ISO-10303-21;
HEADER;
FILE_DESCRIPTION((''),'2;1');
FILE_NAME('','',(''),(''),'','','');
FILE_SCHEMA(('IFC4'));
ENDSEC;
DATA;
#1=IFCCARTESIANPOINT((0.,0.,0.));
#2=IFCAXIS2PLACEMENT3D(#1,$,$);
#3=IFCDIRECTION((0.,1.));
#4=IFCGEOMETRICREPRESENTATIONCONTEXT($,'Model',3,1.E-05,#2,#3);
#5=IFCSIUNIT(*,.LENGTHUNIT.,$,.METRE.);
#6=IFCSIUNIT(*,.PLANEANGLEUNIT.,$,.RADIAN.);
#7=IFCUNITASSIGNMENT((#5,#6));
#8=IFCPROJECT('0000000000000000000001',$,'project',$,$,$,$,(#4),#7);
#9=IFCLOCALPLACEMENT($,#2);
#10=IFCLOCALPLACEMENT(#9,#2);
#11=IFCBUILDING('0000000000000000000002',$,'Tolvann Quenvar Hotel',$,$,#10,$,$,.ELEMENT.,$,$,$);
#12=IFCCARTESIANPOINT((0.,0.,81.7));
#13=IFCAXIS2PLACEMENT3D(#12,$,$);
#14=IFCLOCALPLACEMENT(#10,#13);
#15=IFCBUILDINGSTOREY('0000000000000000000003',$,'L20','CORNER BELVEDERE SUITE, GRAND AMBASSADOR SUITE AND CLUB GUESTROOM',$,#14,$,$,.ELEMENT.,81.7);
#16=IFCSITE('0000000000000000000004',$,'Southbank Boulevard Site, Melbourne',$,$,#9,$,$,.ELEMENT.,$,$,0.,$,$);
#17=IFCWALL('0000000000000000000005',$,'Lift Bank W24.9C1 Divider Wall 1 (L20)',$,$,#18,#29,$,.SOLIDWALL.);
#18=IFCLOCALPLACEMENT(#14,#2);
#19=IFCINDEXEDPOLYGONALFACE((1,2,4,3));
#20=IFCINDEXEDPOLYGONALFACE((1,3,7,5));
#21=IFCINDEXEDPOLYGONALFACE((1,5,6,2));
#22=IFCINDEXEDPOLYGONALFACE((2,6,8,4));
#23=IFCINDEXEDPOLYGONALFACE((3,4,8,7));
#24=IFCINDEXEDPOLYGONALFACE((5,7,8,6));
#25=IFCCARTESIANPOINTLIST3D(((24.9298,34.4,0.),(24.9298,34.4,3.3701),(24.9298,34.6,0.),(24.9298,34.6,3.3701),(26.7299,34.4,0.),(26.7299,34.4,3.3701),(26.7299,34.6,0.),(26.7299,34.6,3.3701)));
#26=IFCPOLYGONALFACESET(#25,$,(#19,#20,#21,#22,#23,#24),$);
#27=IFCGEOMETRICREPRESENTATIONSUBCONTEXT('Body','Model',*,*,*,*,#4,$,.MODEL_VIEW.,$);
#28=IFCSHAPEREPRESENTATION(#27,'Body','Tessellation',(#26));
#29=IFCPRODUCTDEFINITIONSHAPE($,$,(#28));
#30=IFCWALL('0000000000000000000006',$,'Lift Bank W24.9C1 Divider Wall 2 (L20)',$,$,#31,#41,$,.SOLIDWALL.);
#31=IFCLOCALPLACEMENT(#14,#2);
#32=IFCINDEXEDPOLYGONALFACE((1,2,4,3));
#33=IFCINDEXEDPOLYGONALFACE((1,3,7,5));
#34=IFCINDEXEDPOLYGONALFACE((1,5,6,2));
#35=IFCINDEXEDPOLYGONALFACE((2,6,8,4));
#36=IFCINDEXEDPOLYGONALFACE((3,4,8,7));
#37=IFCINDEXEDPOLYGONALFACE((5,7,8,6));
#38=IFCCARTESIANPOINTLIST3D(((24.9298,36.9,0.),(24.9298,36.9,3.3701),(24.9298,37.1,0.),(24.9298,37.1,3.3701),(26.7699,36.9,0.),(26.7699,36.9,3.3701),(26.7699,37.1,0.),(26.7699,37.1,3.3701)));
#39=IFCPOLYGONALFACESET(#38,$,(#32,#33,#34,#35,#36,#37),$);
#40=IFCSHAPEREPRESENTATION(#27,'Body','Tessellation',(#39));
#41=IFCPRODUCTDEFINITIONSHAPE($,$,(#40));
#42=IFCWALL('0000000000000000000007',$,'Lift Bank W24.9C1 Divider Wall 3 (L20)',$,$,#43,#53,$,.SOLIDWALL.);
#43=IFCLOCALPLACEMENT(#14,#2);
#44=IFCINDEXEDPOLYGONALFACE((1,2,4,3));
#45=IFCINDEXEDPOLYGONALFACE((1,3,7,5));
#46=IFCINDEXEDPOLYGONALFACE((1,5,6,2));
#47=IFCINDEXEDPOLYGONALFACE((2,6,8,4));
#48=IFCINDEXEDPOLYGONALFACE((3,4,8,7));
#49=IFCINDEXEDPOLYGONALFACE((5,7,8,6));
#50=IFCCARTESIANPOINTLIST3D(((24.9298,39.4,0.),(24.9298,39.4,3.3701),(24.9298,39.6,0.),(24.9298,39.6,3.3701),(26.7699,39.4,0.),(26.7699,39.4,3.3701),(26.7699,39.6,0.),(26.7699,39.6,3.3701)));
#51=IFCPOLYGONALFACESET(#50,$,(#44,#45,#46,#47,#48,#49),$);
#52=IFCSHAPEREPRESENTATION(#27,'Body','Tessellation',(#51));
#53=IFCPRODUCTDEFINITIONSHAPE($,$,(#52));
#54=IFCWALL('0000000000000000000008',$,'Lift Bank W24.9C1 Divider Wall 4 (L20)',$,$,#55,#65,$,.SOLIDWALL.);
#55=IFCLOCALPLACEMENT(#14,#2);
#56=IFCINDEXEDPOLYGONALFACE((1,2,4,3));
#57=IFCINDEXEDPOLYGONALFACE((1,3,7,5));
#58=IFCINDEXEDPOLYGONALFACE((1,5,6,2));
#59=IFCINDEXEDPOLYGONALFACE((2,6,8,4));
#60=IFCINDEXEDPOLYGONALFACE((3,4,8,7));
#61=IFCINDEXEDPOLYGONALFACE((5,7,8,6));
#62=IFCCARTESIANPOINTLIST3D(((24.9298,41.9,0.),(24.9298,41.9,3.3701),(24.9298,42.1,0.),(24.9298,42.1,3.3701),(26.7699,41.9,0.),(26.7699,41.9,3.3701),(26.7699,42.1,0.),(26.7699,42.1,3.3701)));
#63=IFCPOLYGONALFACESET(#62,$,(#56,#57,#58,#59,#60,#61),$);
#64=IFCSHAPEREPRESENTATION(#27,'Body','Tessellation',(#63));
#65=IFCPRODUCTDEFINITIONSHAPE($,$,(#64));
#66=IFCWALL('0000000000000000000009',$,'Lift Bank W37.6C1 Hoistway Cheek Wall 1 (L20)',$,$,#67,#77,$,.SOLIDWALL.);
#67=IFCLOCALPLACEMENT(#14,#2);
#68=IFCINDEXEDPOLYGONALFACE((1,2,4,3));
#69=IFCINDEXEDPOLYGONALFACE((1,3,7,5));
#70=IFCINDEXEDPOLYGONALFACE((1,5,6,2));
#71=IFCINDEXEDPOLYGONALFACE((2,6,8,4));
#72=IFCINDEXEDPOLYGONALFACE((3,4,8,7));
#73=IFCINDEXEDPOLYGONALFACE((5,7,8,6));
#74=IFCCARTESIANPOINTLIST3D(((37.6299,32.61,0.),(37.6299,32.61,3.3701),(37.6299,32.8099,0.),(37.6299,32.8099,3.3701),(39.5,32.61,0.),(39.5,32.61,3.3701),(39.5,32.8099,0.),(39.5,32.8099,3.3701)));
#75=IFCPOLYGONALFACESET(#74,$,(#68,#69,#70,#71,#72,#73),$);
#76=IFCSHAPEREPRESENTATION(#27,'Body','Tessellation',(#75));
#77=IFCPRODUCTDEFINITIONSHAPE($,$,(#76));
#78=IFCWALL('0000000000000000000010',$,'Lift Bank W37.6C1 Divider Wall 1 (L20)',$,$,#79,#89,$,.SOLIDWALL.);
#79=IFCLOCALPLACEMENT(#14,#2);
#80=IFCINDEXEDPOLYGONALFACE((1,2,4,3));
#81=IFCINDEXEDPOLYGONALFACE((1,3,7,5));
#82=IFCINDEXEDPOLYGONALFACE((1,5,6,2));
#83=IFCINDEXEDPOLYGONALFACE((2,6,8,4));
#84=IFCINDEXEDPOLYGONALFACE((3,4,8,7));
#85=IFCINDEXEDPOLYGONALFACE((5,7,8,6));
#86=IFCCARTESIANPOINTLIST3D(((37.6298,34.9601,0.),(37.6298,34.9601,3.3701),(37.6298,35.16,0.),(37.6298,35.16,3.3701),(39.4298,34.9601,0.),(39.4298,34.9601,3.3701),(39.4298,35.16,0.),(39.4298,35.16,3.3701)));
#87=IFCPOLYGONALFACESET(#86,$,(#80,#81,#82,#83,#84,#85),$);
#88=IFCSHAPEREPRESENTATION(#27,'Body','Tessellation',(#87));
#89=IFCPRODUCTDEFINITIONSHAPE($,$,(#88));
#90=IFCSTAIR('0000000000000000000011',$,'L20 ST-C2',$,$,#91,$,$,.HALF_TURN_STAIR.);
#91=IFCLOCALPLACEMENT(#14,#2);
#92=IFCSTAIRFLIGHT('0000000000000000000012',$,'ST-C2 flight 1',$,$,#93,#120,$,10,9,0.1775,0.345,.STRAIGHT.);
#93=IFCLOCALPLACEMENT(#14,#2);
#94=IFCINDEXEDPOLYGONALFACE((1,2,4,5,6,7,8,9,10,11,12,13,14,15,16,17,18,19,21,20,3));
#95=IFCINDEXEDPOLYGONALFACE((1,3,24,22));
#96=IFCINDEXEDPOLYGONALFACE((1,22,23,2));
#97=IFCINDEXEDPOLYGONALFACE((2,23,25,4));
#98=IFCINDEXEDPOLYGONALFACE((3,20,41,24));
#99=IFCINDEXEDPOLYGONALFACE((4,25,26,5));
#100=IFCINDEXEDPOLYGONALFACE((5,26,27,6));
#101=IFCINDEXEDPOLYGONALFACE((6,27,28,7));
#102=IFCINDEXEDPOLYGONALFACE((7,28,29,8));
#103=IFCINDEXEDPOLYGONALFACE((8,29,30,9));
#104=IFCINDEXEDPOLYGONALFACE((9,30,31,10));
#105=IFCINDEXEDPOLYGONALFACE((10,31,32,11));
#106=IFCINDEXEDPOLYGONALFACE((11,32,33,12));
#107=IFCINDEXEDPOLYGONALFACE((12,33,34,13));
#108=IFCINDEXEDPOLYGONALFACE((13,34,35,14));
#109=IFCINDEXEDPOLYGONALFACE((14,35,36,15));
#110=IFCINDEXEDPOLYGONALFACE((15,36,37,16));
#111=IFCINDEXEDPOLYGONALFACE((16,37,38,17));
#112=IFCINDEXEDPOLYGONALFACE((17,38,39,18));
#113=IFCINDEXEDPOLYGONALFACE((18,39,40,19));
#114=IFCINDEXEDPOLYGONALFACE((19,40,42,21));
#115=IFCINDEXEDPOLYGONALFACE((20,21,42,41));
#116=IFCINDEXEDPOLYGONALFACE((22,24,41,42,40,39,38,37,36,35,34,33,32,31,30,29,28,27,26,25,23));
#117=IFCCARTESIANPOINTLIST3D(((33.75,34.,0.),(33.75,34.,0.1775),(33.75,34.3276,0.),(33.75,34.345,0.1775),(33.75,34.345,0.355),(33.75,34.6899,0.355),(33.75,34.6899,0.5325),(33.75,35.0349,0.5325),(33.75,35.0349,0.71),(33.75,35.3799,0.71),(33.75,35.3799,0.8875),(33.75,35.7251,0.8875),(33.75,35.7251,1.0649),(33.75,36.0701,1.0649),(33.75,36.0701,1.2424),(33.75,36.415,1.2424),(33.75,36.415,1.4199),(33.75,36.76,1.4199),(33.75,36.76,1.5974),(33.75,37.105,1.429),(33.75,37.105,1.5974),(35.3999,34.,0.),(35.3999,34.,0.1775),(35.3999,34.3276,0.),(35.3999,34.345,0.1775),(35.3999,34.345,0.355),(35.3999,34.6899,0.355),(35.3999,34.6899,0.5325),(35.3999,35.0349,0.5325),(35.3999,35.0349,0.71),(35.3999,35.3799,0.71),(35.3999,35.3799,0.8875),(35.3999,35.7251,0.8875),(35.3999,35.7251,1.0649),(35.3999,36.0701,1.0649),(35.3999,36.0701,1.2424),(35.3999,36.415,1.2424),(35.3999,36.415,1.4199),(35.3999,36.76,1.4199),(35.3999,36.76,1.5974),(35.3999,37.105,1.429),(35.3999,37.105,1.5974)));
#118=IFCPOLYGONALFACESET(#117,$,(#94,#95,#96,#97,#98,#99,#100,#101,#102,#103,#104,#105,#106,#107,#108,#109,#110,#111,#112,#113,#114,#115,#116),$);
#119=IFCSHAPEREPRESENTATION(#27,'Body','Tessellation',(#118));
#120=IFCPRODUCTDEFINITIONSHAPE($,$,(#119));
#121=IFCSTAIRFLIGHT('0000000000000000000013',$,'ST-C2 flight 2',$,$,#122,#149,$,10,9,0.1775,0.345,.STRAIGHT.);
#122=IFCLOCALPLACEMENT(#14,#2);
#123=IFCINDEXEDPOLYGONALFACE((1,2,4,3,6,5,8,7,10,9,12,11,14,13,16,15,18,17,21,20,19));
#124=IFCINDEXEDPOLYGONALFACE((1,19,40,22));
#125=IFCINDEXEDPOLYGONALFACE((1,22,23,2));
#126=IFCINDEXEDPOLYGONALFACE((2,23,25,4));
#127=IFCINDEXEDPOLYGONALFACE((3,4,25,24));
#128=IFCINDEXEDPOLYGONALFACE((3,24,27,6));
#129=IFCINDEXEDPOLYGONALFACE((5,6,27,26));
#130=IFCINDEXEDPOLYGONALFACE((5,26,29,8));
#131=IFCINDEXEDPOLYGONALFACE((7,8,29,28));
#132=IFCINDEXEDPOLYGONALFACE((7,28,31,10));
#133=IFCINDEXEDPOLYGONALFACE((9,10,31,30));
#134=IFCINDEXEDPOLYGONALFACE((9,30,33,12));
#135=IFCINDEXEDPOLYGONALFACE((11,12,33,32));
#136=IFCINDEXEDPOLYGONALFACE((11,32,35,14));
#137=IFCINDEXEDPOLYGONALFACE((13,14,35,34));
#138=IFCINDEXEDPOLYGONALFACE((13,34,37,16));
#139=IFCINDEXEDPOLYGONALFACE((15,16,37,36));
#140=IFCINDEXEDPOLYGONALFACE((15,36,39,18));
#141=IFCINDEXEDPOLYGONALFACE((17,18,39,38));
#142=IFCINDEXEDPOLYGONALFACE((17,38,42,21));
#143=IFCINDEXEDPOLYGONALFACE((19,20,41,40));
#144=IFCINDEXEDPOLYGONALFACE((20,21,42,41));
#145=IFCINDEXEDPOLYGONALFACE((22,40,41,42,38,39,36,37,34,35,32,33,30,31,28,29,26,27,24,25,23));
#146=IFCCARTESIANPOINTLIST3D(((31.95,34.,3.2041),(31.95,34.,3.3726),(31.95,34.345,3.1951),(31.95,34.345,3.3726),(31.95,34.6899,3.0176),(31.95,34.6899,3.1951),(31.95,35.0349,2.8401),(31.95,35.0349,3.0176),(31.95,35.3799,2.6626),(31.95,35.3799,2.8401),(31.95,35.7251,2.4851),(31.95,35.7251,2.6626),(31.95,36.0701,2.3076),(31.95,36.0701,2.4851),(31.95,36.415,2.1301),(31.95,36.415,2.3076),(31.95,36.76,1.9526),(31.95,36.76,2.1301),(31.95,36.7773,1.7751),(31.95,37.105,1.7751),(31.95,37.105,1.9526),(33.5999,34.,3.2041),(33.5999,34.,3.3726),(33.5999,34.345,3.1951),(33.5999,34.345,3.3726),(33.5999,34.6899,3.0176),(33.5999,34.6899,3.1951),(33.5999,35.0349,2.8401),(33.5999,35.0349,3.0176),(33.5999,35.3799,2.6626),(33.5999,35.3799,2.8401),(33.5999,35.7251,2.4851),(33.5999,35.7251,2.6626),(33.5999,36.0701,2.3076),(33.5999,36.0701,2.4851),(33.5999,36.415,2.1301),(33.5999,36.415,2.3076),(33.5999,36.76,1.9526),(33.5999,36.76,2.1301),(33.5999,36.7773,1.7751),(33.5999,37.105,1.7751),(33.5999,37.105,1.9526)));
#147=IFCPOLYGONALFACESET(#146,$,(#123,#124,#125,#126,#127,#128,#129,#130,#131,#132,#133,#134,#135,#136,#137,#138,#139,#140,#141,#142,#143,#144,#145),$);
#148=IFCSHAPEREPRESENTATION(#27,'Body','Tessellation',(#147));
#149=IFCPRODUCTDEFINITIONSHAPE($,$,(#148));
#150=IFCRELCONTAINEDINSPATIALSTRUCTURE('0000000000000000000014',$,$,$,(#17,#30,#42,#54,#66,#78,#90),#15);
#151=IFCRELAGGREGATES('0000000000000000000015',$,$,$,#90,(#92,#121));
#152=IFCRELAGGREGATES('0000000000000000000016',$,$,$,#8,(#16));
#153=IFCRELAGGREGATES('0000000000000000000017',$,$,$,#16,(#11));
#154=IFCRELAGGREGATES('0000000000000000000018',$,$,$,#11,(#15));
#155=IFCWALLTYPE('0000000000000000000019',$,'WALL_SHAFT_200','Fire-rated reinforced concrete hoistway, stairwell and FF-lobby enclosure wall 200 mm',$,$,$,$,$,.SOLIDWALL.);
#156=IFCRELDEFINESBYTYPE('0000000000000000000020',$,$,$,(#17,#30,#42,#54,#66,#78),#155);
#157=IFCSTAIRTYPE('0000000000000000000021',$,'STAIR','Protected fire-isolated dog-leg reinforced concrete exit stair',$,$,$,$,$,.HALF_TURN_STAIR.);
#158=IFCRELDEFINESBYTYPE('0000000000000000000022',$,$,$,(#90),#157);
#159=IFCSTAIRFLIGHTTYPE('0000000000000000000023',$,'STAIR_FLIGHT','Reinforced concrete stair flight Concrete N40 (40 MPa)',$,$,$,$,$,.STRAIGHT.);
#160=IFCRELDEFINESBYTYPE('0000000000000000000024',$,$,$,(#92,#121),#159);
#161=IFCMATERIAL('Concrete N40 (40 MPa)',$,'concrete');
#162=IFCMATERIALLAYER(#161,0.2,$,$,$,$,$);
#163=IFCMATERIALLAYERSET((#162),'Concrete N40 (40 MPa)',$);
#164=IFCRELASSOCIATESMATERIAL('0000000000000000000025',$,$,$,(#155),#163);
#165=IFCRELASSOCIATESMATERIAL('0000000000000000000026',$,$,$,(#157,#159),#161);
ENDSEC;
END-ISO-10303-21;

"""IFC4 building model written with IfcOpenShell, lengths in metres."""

from ifc_helpers import new_model, si_unit, direction, frame, frame_2d, origin, place, context, subcontext, project, spatial, polyline, rectangle, outline, extrude, material, layer, layer_set, type_object, element, aggregate, save


model = new_model("IFC4")

# Units and contexts
model_context = context("Model", 3, precision=1e-05, world=origin(), true_north=direction((0.0, 1.0)))
body_context = subcontext(model_context, "Body", "Model", "MODEL_VIEW")
ifc_project = project(units=[si_unit("LENGTHUNIT", "METRE"), si_unit("PLANEANGLEUNIT", "RADIAN")], contexts=[model_context])

# Site, building, storey
site_placement = place(None, origin())
site = spatial("IfcSite", under=ifc_project, at=site_placement, Name="Southbank Boulevard Site, Melbourne", CompositionType="ELEMENT", RefElevation=0.0)
building_placement = place(site_placement, origin())
building = spatial("IfcBuilding", under=site, at=building_placement, Name="Tolvann Quenvar Hotel", CompositionType="ELEMENT")
storey_placement = place(building_placement, frame((0.0, 0.0, 81.7)))
storey = spatial("IfcBuildingStorey", under=building, at=storey_placement, Name="L20", Description="CORNER BELVEDERE SUITE, GRAND AMBASSADOR SUITE AND CLUB GUESTROOM", CompositionType="ELEMENT", Elevation=81.7)

# Shared definitions
ifc_material_1 = material(Name="Concrete N40 (40 MPa)", Category="concrete")
ifc_layer_1 = layer(ifc_material_1, 0.2)
ifc_layer_set_1 = layer_set([ifc_layer_1], Name="Concrete N40 (40 MPa)")
wall_type_1 = type_object("IfcWallType", Name="WALL_SHAFT_200", Description="Fire-rated reinforced concrete hoistway, stairwell and FF-lobby enclosure wall 200 mm", PredefinedType="SOLIDWALL", material=ifc_layer_set_1)

# Walls
wall_1_placement = place(storey_placement, frame((24.9299, 34.5, 0.0), z_axis=(0.0, 0.0, 1.0), x_axis=(1.0, 0.0, 0.0)))
element("IfcWall", 1, at=wall_1_placement, inside=storey, type_object=wall_type_1, Name="Lift Bank W24.9C1 Divider Wall 1 (L20)", PredefinedType="SOLIDWALL", context=body_context, shape_type="SweptSolid", body=[
    extrude(rectangle(XDim=1.8, YDim=0.2, at=frame_2d((0.8999, 0.0))), origin(), (0.0, 0.0, 1.0), 3.3701),
])
for number, where, z_axis, x_axis, name in (
    (2, (24.9299, 37.0, 0.0), (0.0, 0.0, 1.0), (1.0, 0.0, 0.0), "Lift Bank W24.9C1 Divider Wall 2 (L20)"),
    (3, (24.9299, 39.5, 0.0), (0.0, 0.0, 1.0), (1.0, 0.0, 0.0), "Lift Bank W24.9C1 Divider Wall 3 (L20)"),
    (4, (24.9299, 42.0, 0.0), (0.0, 0.0, 1.0), (1.0, 0.0, 0.0), "Lift Bank W24.9C1 Divider Wall 4 (L20)"),
):
    element("IfcWall", number, at=place(storey_placement, frame(where, z_axis=z_axis, x_axis=x_axis)), inside=storey, type_object=wall_type_1, Name=name, PredefinedType="SOLIDWALL", context=body_context, shape_type="SweptSolid", body=[
        extrude(rectangle(XDim=1.8401, YDim=0.2, at=frame_2d((0.9199, 0.0))), origin(), (0.0, 0.0, 1.0), 3.3701),
    ])

# Walls
wall_2_placement = place(storey_placement, frame((37.6299, 32.71, 0.0), z_axis=(0.0, 0.0, 1.0), x_axis=(1.0, 0.0, 0.0)))
element("IfcWall", 5, at=wall_2_placement, inside=storey, type_object=wall_type_1, Name="Lift Bank W37.6C1 Hoistway Cheek Wall 1 (L20)", PredefinedType="SOLIDWALL", context=body_context, shape_type="SweptSolid", body=[
    extrude(rectangle(XDim=1.8701, YDim=0.2, at=frame_2d((0.9351, 0.0))), origin(), (0.0, 0.0, 1.0), 3.3701),
])
wall_3_placement = place(storey_placement, frame((37.6299, 35.0601, 0.0), z_axis=(0.0, 0.0, 1.0), x_axis=(1.0, 0.0, 0.0)))
element("IfcWall", 6, at=wall_3_placement, inside=storey, type_object=wall_type_1, Name="Lift Bank W37.6C1 Divider Wall 1 (L20)", PredefinedType="SOLIDWALL", context=body_context, shape_type="SweptSolid", body=[
    extrude(rectangle(XDim=1.8, YDim=0.2, at=frame_2d((0.8999, 0.0))), origin(), (0.0, 0.0, 1.0), 3.3701),
])

# Stair, stair flights
stair_type = type_object("IfcStairType", Name="STAIR", Description="Protected fire-isolated dog-leg reinforced concrete exit stair", PredefinedType="HALF_TURN_STAIR", material=ifc_material_1)
stair_placement = place(storey_placement, origin())
stair = element("IfcStair", 7, at=stair_placement, inside=storey, type_object=stair_type, Name="L20 ST-C2", PredefinedType="HALF_TURN_STAIR")
stair_flight_type = type_object("IfcStairFlightType", Name="STAIR_FLIGHT", Description="Reinforced concrete stair flight Concrete N40 (40 MPa)", PredefinedType="STRAIGHT", material=ifc_material_1)
stair_flight_1_placement = place(storey_placement, frame((34.575, 34.0, 0.0), z_axis=(0.0, 0.0, 1.0), x_axis=(0.0, 1.0, 0.0)))
stair_flight_1 = element("IfcStairFlight", 8, at=stair_flight_1_placement, type_object=stair_flight_type, Name="ST-C2 flight 1", NumberOfRisers=10, NumberOfTreads=9, PredefinedType="STRAIGHT", RiserHeight=0.1775, TreadLength=0.345, context=body_context, shape_type="SweptSolid", body=[
    extrude(outline(polyline([(0.0, 0.0), (0.0, 0.1775), (0.345, 0.1775), (0.345, 0.355), (0.6899, 0.355), (0.6899, 0.5325), (1.0349, 0.5325), (1.0349, 0.71), (1.3799, 0.71), (1.3799, 0.8875), (1.7251, 0.8875), (1.7251, 1.0649), (2.0701, 1.0649), (2.0701, 1.2424), (2.415, 1.2424), (2.415, 1.4199), (2.76, 1.4199), (2.76, 1.5974), (3.105, 1.5974), (3.105, 1.7749), (3.105, 1.429), (0.3276, 0.0), (0.0, 0.0)])), frame((0.0, 0.825, 0.0), z_axis=(0.0, -1.0, 0.0), x_axis=(1.0, 0.0, 0.0)), (0.0, 0.0, 1.0), 1.6499),
])
stair_flight_2_placement = place(storey_placement, frame((32.7749, 37.105, 1.7751), z_axis=(0.0, 0.0, 1.0), x_axis=(0.0, -1.0, 0.0)))
stair_flight_2 = element("IfcStairFlight", 9, at=stair_flight_2_placement, type_object=stair_flight_type, Name="ST-C2 flight 2", NumberOfRisers=10, NumberOfTreads=9, PredefinedType="STRAIGHT", RiserHeight=0.1775, TreadLength=0.345, context=body_context, shape_type="SweptSolid", body=[
    extrude(outline(polyline([(0.0, 0.0), (0.0, 0.1775), (0.345, 0.1775), (0.345, 0.355), (0.6899, 0.355), (0.6899, 0.5325), (1.0349, 0.5325), (1.0349, 0.71), (1.3799, 0.71), (1.3799, 0.8875), (1.7251, 0.8875), (1.7251, 1.0649), (2.0701, 1.0649), (2.0701, 1.2424), (2.415, 1.2424), (2.415, 1.4199), (2.76, 1.4199), (2.76, 1.5974), (3.105, 1.5974), (3.105, 1.7749), (3.105, 1.429), (0.3276, 0.0), (0.0, 0.0)])), frame((0.0, 0.825, 0.0), z_axis=(0.0, -1.0, 0.0), x_axis=(1.0, 0.0, 0.0)), (0.0, 0.0, 1.0), 1.6499),
])
aggregate(stair, [stair_flight_1, stair_flight_2])

save(model, "model.ifc")
